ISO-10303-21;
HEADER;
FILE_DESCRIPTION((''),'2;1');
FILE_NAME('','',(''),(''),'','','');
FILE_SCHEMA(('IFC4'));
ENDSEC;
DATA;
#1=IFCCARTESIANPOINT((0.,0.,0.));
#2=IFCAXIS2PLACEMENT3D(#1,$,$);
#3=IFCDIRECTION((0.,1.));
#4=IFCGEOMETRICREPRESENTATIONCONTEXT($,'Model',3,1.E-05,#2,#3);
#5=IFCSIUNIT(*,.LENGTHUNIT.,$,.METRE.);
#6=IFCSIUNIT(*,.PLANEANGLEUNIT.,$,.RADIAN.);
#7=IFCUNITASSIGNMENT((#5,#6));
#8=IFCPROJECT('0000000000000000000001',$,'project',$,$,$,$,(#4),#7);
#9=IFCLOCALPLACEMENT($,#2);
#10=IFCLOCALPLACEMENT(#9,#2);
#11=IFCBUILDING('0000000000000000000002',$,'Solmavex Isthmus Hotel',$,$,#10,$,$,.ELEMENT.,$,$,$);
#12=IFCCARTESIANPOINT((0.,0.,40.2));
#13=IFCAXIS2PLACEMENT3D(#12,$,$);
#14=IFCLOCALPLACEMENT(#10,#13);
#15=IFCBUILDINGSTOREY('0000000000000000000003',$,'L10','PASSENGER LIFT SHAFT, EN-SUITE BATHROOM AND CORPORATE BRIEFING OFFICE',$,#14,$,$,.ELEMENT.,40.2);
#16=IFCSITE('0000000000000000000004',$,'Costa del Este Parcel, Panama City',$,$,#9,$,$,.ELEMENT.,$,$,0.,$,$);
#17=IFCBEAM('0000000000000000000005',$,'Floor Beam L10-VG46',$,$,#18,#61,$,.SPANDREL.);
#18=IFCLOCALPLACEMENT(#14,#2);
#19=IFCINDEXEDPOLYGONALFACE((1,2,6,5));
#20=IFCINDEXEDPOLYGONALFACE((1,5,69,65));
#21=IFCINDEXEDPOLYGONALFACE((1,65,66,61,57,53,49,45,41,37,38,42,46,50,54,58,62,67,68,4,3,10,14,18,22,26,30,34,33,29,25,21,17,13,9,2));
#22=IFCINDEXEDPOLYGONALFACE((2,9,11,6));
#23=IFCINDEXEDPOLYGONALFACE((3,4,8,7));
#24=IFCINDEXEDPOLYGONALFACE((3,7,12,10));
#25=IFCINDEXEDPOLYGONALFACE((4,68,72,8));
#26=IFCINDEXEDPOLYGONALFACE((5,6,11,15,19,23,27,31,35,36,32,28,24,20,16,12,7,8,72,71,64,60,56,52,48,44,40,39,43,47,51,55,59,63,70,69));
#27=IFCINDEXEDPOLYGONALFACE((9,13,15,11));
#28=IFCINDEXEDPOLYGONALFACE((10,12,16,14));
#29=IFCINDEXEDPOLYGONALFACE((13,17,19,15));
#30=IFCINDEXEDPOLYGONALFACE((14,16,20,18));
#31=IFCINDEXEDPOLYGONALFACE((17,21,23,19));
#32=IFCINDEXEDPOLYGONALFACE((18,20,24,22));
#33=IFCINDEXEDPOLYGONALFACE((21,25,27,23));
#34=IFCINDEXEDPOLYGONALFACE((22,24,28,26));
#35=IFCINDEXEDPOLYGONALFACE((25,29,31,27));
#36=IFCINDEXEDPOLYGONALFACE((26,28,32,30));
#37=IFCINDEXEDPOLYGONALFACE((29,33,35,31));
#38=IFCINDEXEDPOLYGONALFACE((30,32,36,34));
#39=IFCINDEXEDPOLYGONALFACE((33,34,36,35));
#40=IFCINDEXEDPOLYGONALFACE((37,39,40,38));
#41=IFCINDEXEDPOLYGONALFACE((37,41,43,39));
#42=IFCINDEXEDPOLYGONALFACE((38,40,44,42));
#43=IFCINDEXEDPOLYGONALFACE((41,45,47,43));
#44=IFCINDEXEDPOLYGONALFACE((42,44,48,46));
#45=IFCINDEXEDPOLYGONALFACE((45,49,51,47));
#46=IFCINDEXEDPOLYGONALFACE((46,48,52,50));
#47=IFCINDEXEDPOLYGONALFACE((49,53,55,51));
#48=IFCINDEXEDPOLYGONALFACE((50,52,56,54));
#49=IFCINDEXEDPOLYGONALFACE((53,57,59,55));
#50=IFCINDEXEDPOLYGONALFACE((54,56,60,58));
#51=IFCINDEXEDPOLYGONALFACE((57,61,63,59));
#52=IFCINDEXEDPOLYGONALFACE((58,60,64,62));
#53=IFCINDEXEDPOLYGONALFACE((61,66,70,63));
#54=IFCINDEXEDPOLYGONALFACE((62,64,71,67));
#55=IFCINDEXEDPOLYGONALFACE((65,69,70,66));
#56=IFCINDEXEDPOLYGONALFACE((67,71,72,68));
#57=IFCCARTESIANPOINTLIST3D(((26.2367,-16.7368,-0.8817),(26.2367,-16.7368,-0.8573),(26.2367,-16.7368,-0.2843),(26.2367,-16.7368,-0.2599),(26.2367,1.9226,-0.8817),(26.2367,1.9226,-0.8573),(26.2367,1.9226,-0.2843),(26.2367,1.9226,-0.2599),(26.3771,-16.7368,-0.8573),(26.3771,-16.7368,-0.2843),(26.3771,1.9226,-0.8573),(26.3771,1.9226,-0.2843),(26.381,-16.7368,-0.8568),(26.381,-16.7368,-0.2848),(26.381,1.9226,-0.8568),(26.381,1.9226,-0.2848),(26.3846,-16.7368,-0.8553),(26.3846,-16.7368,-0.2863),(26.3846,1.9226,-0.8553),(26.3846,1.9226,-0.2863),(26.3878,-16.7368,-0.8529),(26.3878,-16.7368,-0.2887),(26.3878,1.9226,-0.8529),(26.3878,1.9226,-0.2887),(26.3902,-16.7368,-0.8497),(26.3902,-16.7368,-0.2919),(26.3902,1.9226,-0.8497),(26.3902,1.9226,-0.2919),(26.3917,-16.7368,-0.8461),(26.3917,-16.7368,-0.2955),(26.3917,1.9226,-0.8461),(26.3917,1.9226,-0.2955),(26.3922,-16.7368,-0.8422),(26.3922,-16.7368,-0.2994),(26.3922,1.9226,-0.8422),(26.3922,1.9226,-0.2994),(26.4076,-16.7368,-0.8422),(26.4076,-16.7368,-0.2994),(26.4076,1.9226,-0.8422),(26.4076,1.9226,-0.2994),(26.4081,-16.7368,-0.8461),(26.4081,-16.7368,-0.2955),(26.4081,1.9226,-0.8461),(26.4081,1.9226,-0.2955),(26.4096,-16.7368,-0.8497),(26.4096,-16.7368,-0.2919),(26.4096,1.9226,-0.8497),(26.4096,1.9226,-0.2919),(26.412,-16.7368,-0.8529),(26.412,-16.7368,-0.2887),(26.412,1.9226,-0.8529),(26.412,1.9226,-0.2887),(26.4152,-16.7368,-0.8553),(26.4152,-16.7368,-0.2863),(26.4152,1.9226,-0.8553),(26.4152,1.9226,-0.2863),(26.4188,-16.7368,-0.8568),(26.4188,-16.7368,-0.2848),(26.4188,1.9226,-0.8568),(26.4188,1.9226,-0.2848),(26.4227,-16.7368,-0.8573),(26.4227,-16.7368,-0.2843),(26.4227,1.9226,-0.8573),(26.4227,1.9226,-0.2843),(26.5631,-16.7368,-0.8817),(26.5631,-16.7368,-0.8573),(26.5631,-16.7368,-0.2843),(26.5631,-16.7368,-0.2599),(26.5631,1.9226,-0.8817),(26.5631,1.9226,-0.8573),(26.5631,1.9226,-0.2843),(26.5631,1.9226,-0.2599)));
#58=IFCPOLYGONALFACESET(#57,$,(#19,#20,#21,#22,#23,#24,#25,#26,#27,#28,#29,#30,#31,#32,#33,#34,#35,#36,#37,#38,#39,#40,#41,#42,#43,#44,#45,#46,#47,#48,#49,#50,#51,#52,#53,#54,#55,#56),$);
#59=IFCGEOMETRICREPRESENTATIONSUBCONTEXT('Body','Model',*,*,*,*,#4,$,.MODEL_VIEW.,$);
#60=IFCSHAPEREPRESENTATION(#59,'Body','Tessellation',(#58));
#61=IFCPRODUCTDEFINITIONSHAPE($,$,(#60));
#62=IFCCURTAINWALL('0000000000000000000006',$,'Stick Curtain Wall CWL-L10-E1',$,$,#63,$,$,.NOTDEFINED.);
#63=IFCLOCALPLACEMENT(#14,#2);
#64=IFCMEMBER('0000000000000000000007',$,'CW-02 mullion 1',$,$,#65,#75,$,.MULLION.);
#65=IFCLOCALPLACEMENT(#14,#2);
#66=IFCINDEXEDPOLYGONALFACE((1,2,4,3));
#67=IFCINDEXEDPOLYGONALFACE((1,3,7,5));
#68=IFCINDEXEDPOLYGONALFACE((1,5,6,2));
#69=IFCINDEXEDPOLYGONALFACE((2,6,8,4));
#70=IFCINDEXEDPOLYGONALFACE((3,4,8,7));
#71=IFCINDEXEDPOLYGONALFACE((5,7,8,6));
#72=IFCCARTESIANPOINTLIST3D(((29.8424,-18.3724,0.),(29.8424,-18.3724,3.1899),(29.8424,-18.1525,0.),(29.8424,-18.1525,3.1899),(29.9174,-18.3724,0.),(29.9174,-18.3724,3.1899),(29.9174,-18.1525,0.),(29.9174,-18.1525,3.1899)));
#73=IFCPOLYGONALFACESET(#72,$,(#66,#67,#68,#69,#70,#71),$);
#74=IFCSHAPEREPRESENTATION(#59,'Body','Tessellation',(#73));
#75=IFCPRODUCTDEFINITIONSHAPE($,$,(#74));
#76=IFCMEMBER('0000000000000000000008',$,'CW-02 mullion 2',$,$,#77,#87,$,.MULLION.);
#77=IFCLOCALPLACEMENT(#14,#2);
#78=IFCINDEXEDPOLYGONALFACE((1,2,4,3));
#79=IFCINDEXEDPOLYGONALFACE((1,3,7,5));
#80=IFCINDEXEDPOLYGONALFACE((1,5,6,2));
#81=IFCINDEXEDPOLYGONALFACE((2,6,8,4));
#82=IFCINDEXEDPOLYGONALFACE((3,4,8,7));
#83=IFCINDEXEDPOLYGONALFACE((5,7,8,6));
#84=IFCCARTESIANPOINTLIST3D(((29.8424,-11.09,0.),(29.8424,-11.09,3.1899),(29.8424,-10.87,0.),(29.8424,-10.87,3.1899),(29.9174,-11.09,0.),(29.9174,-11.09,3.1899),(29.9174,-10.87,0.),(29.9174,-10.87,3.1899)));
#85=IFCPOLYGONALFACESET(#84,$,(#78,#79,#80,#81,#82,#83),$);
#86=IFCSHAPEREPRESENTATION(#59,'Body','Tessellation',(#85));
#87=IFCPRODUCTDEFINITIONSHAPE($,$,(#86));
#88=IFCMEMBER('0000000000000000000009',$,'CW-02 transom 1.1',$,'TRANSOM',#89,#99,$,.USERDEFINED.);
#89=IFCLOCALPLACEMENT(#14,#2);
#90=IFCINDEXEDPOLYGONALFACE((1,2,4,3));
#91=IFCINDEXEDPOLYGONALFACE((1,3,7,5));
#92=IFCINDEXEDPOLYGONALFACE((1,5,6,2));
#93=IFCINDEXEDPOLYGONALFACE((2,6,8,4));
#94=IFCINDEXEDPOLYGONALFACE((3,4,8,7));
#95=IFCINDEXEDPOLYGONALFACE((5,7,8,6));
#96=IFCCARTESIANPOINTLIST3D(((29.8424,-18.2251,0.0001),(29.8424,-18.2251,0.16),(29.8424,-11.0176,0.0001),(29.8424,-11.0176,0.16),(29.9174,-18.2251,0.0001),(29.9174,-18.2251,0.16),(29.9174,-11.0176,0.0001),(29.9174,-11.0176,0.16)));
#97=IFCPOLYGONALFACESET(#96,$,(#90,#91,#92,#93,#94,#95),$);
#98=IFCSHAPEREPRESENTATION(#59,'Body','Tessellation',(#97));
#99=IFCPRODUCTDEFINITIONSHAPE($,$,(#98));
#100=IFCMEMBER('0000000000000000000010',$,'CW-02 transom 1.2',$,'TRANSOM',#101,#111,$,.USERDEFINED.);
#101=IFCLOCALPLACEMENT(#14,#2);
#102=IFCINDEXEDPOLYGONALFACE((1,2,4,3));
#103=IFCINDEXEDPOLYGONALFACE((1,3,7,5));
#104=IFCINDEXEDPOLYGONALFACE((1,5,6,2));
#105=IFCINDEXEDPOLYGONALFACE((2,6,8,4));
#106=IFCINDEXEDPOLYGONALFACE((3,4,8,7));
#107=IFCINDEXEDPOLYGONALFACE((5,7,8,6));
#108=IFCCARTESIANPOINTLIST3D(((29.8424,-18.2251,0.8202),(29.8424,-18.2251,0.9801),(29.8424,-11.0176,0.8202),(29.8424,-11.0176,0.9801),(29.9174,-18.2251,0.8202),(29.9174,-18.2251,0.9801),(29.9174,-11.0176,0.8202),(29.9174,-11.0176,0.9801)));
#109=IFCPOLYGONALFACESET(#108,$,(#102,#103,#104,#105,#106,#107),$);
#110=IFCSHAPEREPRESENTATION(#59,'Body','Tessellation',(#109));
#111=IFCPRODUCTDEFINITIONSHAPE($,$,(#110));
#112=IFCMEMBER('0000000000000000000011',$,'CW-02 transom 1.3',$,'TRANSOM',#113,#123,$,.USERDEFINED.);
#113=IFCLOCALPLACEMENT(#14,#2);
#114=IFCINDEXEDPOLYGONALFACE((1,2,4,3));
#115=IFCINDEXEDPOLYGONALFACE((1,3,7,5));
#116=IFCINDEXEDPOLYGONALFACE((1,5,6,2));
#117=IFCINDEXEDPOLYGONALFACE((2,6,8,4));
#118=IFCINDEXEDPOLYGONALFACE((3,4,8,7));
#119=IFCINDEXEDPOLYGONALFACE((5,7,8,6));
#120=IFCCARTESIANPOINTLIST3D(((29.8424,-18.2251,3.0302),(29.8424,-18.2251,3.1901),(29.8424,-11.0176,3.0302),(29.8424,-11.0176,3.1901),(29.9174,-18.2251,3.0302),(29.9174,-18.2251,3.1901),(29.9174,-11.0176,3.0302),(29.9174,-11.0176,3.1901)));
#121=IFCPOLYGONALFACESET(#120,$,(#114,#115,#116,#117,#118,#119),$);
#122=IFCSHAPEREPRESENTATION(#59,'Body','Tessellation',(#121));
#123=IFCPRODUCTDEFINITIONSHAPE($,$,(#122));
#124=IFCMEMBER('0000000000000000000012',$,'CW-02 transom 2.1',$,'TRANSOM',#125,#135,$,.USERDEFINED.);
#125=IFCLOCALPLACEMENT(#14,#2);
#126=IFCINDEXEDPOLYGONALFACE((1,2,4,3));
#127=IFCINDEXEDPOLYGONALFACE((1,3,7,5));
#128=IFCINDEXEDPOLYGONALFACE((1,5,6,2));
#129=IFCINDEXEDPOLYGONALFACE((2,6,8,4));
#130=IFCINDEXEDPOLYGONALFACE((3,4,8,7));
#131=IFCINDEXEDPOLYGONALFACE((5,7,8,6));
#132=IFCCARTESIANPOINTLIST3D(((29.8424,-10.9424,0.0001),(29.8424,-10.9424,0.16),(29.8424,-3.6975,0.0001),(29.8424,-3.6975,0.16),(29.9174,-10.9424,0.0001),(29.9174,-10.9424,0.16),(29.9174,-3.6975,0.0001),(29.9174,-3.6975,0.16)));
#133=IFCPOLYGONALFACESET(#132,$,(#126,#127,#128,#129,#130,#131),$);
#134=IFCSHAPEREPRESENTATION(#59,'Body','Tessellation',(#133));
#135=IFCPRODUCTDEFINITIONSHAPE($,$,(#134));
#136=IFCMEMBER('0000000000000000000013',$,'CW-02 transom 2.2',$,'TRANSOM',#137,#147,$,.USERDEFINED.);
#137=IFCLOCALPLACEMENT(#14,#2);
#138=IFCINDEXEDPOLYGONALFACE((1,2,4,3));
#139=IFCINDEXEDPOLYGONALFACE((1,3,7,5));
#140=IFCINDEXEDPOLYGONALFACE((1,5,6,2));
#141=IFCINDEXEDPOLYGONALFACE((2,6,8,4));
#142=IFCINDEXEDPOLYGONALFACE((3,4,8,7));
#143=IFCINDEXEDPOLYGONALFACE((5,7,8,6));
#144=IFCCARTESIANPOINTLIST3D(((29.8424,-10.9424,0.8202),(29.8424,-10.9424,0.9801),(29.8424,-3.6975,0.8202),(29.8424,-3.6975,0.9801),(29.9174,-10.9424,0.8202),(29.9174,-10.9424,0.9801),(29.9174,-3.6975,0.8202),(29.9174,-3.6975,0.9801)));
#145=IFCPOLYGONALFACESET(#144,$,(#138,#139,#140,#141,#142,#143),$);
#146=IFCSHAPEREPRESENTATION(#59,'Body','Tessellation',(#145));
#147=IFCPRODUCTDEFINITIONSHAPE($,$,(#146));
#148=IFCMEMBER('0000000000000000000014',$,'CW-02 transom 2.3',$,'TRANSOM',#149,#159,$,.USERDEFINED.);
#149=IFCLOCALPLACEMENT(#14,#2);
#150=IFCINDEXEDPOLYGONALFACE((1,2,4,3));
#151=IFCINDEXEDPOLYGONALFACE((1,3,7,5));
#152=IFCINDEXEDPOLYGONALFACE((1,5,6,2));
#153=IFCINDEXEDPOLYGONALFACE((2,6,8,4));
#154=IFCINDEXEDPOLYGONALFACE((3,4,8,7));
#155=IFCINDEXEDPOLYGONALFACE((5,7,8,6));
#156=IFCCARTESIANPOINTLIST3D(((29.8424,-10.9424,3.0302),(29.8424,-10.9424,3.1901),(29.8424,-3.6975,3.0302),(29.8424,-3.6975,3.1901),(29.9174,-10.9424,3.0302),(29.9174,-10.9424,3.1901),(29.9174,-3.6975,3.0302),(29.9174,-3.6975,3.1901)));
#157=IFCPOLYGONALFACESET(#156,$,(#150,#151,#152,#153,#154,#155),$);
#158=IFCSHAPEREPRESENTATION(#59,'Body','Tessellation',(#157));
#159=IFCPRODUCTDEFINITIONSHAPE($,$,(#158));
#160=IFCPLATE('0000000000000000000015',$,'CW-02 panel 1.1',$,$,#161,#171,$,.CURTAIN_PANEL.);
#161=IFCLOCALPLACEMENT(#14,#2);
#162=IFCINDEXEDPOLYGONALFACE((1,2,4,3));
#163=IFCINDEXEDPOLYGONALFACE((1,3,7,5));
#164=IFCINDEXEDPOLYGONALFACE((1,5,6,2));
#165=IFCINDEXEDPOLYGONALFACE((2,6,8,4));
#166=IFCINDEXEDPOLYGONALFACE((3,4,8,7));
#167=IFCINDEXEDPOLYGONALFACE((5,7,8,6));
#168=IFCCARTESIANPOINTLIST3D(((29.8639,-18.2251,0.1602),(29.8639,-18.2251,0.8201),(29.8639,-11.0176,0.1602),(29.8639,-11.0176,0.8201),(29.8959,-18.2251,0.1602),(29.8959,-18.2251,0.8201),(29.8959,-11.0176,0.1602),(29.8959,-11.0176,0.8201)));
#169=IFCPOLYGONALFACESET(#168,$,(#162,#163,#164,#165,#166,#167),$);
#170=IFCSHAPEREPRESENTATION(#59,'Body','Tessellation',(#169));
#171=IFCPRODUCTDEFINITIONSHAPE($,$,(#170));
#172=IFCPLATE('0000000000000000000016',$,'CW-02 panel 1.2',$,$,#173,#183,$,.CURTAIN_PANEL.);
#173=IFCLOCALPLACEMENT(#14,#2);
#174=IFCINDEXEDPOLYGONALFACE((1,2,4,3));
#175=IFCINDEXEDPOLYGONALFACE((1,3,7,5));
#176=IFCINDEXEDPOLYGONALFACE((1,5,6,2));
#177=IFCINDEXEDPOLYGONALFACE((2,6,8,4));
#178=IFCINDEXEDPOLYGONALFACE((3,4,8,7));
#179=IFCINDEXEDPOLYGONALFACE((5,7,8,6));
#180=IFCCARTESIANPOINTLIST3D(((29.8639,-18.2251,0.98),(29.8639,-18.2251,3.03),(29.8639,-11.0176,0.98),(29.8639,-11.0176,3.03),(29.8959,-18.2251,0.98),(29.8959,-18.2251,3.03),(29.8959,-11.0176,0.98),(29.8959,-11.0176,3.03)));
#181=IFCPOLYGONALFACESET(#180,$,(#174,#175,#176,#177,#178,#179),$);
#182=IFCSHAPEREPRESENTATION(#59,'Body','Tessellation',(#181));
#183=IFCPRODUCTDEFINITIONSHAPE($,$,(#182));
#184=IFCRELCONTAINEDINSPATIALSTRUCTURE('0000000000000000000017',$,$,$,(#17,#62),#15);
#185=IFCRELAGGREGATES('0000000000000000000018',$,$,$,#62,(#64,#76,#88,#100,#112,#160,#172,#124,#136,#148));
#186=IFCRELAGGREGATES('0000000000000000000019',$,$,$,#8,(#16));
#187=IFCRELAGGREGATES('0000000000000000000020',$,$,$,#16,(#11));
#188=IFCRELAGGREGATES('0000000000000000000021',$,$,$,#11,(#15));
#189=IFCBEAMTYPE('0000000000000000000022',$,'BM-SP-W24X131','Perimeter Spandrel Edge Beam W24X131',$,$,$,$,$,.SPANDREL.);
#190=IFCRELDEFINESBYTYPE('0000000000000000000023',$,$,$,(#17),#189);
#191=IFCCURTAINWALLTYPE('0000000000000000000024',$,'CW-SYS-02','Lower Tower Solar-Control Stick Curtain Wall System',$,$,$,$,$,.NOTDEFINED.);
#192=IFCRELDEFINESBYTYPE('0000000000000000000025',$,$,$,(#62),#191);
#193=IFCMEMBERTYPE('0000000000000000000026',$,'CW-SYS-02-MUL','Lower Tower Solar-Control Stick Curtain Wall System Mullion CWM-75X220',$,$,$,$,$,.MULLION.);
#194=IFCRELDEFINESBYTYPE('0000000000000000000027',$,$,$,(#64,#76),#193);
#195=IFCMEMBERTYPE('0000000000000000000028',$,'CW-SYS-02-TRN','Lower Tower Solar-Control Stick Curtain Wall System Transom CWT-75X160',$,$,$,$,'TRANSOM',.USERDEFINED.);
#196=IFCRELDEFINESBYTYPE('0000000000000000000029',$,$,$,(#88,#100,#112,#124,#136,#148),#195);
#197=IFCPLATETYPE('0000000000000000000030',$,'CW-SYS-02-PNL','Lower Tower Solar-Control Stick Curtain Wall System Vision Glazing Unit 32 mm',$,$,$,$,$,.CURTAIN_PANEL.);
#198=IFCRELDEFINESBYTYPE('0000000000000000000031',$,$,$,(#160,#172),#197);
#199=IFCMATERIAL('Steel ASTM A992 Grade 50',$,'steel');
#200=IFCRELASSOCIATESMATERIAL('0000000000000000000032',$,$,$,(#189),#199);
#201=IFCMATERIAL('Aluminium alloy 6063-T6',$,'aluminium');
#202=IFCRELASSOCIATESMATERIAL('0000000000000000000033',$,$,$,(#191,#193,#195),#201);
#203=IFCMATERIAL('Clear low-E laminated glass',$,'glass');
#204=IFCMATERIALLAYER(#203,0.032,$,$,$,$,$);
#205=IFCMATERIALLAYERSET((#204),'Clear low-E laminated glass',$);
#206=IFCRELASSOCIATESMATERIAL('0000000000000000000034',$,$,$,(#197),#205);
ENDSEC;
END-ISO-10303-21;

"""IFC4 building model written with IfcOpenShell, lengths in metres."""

from ifc_helpers import new_model, si_unit, direction, frame, origin, origin_2d, place, context, subcontext, project, spatial, rectangle, i_section, extrude, material, layer, layer_set, material_profile, profile_set, type_object, element, aggregate, save


model = new_model("IFC4")

# Units and contexts
model_context = context("Model", 3, precision=1e-05, world=origin(), true_north=direction((0.0, 1.0)))
body_context = subcontext(model_context, "Body", "Model", "MODEL_VIEW")
ifc_project = project(units=[si_unit("LENGTHUNIT", "METRE"), si_unit("PLANEANGLEUNIT", "RADIAN")], contexts=[model_context])

# Site, building, storey
site_placement = place(None, origin())
site = spatial("IfcSite", under=ifc_project, at=site_placement, Name="Costa del Este Parcel, Panama City", CompositionType="ELEMENT", RefElevation=0.0)
building_placement = place(site_placement, origin())
building = spatial("IfcBuilding", under=site, at=building_placement, Name="Solmavex Isthmus Hotel", CompositionType="ELEMENT")
storey_placement = place(building_placement, frame((0.0, 0.0, 40.2)))
storey = spatial("IfcBuildingStorey", under=building, at=storey_placement, Name="L10", Description="PASSENGER LIFT SHAFT, EN-SUITE BATHROOM AND CORPORATE BRIEFING OFFICE", CompositionType="ELEMENT", Elevation=40.2)

# Beam
ifc_material_1 = material(Name="Steel ASTM A992 Grade 50", Category="steel")
ifc_material_profile_1 = material_profile(ifc_material_1, i_section(OverallWidth=0.3264, OverallDepth=0.6218, WebThickness=0.0154, FlangeThickness=0.0244, FilletRadius=0.0151, at=origin_2d()), Name="W24X131")
ifc_profile_set_1 = profile_set([ifc_material_profile_1], Name="Steel ASTM A992 Grade 50")
beam_type_1 = type_object("IfcBeamType", Name="BM-SP-W24X131", Description="Perimeter Spandrel Edge Beam W24X131", PredefinedType="SPANDREL", material=ifc_profile_set_1)
beam_1_placement = place(storey_placement, frame((26.3999, -16.7368, -0.5708), z_axis=(0.0, 1.0, 0.0), x_axis=(-1.0, 0.0, 0.0)))
element("IfcBeam", 1, at=beam_1_placement, inside=storey, type_object=beam_type_1, Name="Floor Beam L10-VG46", PredefinedType="SPANDREL", context=body_context, shape_type="SweptSolid", body=[
    extrude(i_section(OverallWidth=0.3264, OverallDepth=0.6218, WebThickness=0.0154, FlangeThickness=0.0244, FilletRadius=0.0151, at=origin_2d()), origin(), (0.0, 0.0, 1.0), 18.6594),
])

# Curtain wall, members, plates
ifc_material_2 = material(Name="Aluminium alloy 6063-T6", Category="aluminium")
curtain_wall_type = type_object("IfcCurtainWallType", Name="CW-SYS-02", Description="Lower Tower Solar-Control Stick Curtain Wall System", PredefinedType="NOTDEFINED", material=ifc_material_2)
curtain_wall_placement = place(storey_placement, origin())
curtain_wall = element("IfcCurtainWall", 2, at=curtain_wall_placement, inside=storey, type_object=curtain_wall_type, Name="Stick Curtain Wall CWL-L10-E1", PredefinedType="NOTDEFINED")
ifc_material_profile_2 = material_profile(ifc_material_2, rectangle(XDim=0.075, YDim=0.22, at=origin_2d()), Name="CWM-75X220")
ifc_profile_set_2 = profile_set([ifc_material_profile_2], Name="Aluminium alloy 6063-T6")
member_type_1 = type_object("IfcMemberType", Name="CW-SYS-02-MUL", Description="Lower Tower Solar-Control Stick Curtain Wall System Mullion CWM-75X220", PredefinedType="MULLION", material=ifc_profile_set_2)
member_1_placement = place(storey_placement, frame((29.8799, -18.2625, 0.0), z_axis=(0.0, 0.0, 1.0), x_axis=(-1.0, 0.0, 0.0)))
member_1 = element("IfcMember", 3, at=member_1_placement, type_object=member_type_1, Name="CW-02 mullion 1", PredefinedType="MULLION", context=body_context, shape_type="SweptSolid", body=[
    extrude(rectangle(XDim=0.075, YDim=0.22, at=origin_2d()), origin(), (0.0, 0.0, 1.0), 3.1899),
])
member_2_placement = place(storey_placement, frame((29.8799, -10.98, 0.0), z_axis=(0.0, 0.0, 1.0), x_axis=(-1.0, 0.0, 0.0)))
member_2 = element("IfcMember", 4, at=member_2_placement, type_object=member_type_1, Name="CW-02 mullion 2", PredefinedType="MULLION", context=body_context, shape_type="SweptSolid", body=[
    extrude(rectangle(XDim=0.075, YDim=0.22, at=origin_2d()), origin(), (0.0, 0.0, 1.0), 3.1899),
])
ifc_material_profile_3 = material_profile(ifc_material_2, rectangle(XDim=0.075, YDim=0.1599, at=origin_2d()), Name="CWT-75X160")
ifc_profile_set_3 = profile_set([ifc_material_profile_3], Name="Aluminium alloy 6063-T6")
member_type_2 = type_object("IfcMemberType", Name="CW-SYS-02-TRN", Description="Lower Tower Solar-Control Stick Curtain Wall System Transom CWT-75X160", ElementType="TRANSOM", PredefinedType="USERDEFINED", material=ifc_profile_set_3)
member_3_placement = place(storey_placement, frame((29.8799, -18.2251, 0.0801), z_axis=(0.0, 1.0, 0.0), x_axis=(-1.0, 0.0, 0.0)))
member_3 = element("IfcMember", 5, at=member_3_placement, type_object=member_type_2, Name="CW-02 transom 1.1", ObjectType="TRANSOM", PredefinedType="USERDEFINED", context=body_context, shape_type="SweptSolid", body=[
    extrude(rectangle(XDim=0.075, YDim=0.1599, at=origin_2d()), origin(), (0.0, 0.0, 1.0), 7.2075),
])
member_4_placement = place(storey_placement, frame((29.8799, -18.2251, 0.9001), z_axis=(0.0, 1.0, 0.0), x_axis=(-1.0, 0.0, 0.0)))
member_4 = element("IfcMember", 6, at=member_4_placement, type_object=member_type_2, Name="CW-02 transom 1.2", ObjectType="TRANSOM", PredefinedType="USERDEFINED", context=body_context, shape_type="SweptSolid", body=[
    extrude(rectangle(XDim=0.075, YDim=0.1599, at=origin_2d()), origin(), (0.0, 0.0, 1.0), 7.2075),
])
member_5_placement = place(storey_placement, frame((29.8799, -18.2251, 3.1101), z_axis=(0.0, 1.0, 0.0), x_axis=(-1.0, 0.0, 0.0)))
member_5 = element("IfcMember", 7, at=member_5_placement, type_object=member_type_2, Name="CW-02 transom 1.3", ObjectType="TRANSOM", PredefinedType="USERDEFINED", context=body_context, shape_type="SweptSolid", body=[
    extrude(rectangle(XDim=0.075, YDim=0.1599, at=origin_2d()), origin(), (0.0, 0.0, 1.0), 7.2075),
])
member_6_placement = place(storey_placement, frame((29.8799, -10.9424, 0.0801), z_axis=(0.0, 1.0, 0.0), x_axis=(-1.0, 0.0, 0.0)))
member_6 = element("IfcMember", 8, at=member_6_placement, type_object=member_type_2, Name="CW-02 transom 2.1", ObjectType="TRANSOM", PredefinedType="USERDEFINED", context=body_context, shape_type="SweptSolid", body=[
    extrude(rectangle(XDim=0.075, YDim=0.1599, at=origin_2d()), origin(), (0.0, 0.0, 1.0), 7.2449),
])
member_7_placement = place(storey_placement, frame((29.8799, -10.9424, 0.9001), z_axis=(0.0, 1.0, 0.0), x_axis=(-1.0, 0.0, 0.0)))
member_7 = element("IfcMember", 9, at=member_7_placement, type_object=member_type_2, Name="CW-02 transom 2.2", ObjectType="TRANSOM", PredefinedType="USERDEFINED", context=body_context, shape_type="SweptSolid", body=[
    extrude(rectangle(XDim=0.075, YDim=0.1599, at=origin_2d()), origin(), (0.0, 0.0, 1.0), 7.2449),
])
member_8_placement = place(storey_placement, frame((29.8799, -10.9424, 3.1101), z_axis=(0.0, 1.0, 0.0), x_axis=(-1.0, 0.0, 0.0)))
member_8 = element("IfcMember", 10, at=member_8_placement, type_object=member_type_2, Name="CW-02 transom 2.3", ObjectType="TRANSOM", PredefinedType="USERDEFINED", context=body_context, shape_type="SweptSolid", body=[
    extrude(rectangle(XDim=0.075, YDim=0.1599, at=origin_2d()), origin(), (0.0, 0.0, 1.0), 7.2449),
])
ifc_material_3 = material(Name="Clear low-E laminated glass", Category="glass")
ifc_layer_1 = layer(ifc_material_3, 0.032)
ifc_layer_set_1 = layer_set([ifc_layer_1], Name="Clear low-E laminated glass")
plate_type = type_object("IfcPlateType", Name="CW-SYS-02-PNL", Description="Lower Tower Solar-Control Stick Curtain Wall System Vision Glazing Unit 32 mm", PredefinedType="CURTAIN_PANEL", material=ifc_layer_set_1)
plate_1_placement = place(storey_placement, frame((29.8799, -14.6213, 0.1602), z_axis=(0.0, 0.0, 1.0), x_axis=(0.0, 1.0, 0.0)))
plate_1 = element("IfcPlate", 11, at=plate_1_placement, type_object=plate_type, Name="CW-02 panel 1.1", PredefinedType="CURTAIN_PANEL", context=body_context, shape_type="SweptSolid", body=[
    extrude(rectangle(XDim=7.2075, YDim=0.032, at=origin_2d()), origin(), (0.0, 0.0, 1.0), 0.6599),
])
plate_2_placement = place(storey_placement, frame((29.8799, -14.6213, 0.98), z_axis=(0.0, 0.0, 1.0), x_axis=(0.0, 1.0, 0.0)))
plate_2 = element("IfcPlate", 12, at=plate_2_placement, type_object=plate_type, Name="CW-02 panel 1.2", PredefinedType="CURTAIN_PANEL", context=body_context, shape_type="SweptSolid", body=[
    extrude(rectangle(XDim=7.2075, YDim=0.032, at=origin_2d()), origin(), (0.0, 0.0, 1.0), 2.05),
])
aggregate(curtain_wall, [member_1, member_2, member_3, member_4, member_5, plate_1, plate_2, member_6, member_7, member_8])

save(model, "model.ifc")
